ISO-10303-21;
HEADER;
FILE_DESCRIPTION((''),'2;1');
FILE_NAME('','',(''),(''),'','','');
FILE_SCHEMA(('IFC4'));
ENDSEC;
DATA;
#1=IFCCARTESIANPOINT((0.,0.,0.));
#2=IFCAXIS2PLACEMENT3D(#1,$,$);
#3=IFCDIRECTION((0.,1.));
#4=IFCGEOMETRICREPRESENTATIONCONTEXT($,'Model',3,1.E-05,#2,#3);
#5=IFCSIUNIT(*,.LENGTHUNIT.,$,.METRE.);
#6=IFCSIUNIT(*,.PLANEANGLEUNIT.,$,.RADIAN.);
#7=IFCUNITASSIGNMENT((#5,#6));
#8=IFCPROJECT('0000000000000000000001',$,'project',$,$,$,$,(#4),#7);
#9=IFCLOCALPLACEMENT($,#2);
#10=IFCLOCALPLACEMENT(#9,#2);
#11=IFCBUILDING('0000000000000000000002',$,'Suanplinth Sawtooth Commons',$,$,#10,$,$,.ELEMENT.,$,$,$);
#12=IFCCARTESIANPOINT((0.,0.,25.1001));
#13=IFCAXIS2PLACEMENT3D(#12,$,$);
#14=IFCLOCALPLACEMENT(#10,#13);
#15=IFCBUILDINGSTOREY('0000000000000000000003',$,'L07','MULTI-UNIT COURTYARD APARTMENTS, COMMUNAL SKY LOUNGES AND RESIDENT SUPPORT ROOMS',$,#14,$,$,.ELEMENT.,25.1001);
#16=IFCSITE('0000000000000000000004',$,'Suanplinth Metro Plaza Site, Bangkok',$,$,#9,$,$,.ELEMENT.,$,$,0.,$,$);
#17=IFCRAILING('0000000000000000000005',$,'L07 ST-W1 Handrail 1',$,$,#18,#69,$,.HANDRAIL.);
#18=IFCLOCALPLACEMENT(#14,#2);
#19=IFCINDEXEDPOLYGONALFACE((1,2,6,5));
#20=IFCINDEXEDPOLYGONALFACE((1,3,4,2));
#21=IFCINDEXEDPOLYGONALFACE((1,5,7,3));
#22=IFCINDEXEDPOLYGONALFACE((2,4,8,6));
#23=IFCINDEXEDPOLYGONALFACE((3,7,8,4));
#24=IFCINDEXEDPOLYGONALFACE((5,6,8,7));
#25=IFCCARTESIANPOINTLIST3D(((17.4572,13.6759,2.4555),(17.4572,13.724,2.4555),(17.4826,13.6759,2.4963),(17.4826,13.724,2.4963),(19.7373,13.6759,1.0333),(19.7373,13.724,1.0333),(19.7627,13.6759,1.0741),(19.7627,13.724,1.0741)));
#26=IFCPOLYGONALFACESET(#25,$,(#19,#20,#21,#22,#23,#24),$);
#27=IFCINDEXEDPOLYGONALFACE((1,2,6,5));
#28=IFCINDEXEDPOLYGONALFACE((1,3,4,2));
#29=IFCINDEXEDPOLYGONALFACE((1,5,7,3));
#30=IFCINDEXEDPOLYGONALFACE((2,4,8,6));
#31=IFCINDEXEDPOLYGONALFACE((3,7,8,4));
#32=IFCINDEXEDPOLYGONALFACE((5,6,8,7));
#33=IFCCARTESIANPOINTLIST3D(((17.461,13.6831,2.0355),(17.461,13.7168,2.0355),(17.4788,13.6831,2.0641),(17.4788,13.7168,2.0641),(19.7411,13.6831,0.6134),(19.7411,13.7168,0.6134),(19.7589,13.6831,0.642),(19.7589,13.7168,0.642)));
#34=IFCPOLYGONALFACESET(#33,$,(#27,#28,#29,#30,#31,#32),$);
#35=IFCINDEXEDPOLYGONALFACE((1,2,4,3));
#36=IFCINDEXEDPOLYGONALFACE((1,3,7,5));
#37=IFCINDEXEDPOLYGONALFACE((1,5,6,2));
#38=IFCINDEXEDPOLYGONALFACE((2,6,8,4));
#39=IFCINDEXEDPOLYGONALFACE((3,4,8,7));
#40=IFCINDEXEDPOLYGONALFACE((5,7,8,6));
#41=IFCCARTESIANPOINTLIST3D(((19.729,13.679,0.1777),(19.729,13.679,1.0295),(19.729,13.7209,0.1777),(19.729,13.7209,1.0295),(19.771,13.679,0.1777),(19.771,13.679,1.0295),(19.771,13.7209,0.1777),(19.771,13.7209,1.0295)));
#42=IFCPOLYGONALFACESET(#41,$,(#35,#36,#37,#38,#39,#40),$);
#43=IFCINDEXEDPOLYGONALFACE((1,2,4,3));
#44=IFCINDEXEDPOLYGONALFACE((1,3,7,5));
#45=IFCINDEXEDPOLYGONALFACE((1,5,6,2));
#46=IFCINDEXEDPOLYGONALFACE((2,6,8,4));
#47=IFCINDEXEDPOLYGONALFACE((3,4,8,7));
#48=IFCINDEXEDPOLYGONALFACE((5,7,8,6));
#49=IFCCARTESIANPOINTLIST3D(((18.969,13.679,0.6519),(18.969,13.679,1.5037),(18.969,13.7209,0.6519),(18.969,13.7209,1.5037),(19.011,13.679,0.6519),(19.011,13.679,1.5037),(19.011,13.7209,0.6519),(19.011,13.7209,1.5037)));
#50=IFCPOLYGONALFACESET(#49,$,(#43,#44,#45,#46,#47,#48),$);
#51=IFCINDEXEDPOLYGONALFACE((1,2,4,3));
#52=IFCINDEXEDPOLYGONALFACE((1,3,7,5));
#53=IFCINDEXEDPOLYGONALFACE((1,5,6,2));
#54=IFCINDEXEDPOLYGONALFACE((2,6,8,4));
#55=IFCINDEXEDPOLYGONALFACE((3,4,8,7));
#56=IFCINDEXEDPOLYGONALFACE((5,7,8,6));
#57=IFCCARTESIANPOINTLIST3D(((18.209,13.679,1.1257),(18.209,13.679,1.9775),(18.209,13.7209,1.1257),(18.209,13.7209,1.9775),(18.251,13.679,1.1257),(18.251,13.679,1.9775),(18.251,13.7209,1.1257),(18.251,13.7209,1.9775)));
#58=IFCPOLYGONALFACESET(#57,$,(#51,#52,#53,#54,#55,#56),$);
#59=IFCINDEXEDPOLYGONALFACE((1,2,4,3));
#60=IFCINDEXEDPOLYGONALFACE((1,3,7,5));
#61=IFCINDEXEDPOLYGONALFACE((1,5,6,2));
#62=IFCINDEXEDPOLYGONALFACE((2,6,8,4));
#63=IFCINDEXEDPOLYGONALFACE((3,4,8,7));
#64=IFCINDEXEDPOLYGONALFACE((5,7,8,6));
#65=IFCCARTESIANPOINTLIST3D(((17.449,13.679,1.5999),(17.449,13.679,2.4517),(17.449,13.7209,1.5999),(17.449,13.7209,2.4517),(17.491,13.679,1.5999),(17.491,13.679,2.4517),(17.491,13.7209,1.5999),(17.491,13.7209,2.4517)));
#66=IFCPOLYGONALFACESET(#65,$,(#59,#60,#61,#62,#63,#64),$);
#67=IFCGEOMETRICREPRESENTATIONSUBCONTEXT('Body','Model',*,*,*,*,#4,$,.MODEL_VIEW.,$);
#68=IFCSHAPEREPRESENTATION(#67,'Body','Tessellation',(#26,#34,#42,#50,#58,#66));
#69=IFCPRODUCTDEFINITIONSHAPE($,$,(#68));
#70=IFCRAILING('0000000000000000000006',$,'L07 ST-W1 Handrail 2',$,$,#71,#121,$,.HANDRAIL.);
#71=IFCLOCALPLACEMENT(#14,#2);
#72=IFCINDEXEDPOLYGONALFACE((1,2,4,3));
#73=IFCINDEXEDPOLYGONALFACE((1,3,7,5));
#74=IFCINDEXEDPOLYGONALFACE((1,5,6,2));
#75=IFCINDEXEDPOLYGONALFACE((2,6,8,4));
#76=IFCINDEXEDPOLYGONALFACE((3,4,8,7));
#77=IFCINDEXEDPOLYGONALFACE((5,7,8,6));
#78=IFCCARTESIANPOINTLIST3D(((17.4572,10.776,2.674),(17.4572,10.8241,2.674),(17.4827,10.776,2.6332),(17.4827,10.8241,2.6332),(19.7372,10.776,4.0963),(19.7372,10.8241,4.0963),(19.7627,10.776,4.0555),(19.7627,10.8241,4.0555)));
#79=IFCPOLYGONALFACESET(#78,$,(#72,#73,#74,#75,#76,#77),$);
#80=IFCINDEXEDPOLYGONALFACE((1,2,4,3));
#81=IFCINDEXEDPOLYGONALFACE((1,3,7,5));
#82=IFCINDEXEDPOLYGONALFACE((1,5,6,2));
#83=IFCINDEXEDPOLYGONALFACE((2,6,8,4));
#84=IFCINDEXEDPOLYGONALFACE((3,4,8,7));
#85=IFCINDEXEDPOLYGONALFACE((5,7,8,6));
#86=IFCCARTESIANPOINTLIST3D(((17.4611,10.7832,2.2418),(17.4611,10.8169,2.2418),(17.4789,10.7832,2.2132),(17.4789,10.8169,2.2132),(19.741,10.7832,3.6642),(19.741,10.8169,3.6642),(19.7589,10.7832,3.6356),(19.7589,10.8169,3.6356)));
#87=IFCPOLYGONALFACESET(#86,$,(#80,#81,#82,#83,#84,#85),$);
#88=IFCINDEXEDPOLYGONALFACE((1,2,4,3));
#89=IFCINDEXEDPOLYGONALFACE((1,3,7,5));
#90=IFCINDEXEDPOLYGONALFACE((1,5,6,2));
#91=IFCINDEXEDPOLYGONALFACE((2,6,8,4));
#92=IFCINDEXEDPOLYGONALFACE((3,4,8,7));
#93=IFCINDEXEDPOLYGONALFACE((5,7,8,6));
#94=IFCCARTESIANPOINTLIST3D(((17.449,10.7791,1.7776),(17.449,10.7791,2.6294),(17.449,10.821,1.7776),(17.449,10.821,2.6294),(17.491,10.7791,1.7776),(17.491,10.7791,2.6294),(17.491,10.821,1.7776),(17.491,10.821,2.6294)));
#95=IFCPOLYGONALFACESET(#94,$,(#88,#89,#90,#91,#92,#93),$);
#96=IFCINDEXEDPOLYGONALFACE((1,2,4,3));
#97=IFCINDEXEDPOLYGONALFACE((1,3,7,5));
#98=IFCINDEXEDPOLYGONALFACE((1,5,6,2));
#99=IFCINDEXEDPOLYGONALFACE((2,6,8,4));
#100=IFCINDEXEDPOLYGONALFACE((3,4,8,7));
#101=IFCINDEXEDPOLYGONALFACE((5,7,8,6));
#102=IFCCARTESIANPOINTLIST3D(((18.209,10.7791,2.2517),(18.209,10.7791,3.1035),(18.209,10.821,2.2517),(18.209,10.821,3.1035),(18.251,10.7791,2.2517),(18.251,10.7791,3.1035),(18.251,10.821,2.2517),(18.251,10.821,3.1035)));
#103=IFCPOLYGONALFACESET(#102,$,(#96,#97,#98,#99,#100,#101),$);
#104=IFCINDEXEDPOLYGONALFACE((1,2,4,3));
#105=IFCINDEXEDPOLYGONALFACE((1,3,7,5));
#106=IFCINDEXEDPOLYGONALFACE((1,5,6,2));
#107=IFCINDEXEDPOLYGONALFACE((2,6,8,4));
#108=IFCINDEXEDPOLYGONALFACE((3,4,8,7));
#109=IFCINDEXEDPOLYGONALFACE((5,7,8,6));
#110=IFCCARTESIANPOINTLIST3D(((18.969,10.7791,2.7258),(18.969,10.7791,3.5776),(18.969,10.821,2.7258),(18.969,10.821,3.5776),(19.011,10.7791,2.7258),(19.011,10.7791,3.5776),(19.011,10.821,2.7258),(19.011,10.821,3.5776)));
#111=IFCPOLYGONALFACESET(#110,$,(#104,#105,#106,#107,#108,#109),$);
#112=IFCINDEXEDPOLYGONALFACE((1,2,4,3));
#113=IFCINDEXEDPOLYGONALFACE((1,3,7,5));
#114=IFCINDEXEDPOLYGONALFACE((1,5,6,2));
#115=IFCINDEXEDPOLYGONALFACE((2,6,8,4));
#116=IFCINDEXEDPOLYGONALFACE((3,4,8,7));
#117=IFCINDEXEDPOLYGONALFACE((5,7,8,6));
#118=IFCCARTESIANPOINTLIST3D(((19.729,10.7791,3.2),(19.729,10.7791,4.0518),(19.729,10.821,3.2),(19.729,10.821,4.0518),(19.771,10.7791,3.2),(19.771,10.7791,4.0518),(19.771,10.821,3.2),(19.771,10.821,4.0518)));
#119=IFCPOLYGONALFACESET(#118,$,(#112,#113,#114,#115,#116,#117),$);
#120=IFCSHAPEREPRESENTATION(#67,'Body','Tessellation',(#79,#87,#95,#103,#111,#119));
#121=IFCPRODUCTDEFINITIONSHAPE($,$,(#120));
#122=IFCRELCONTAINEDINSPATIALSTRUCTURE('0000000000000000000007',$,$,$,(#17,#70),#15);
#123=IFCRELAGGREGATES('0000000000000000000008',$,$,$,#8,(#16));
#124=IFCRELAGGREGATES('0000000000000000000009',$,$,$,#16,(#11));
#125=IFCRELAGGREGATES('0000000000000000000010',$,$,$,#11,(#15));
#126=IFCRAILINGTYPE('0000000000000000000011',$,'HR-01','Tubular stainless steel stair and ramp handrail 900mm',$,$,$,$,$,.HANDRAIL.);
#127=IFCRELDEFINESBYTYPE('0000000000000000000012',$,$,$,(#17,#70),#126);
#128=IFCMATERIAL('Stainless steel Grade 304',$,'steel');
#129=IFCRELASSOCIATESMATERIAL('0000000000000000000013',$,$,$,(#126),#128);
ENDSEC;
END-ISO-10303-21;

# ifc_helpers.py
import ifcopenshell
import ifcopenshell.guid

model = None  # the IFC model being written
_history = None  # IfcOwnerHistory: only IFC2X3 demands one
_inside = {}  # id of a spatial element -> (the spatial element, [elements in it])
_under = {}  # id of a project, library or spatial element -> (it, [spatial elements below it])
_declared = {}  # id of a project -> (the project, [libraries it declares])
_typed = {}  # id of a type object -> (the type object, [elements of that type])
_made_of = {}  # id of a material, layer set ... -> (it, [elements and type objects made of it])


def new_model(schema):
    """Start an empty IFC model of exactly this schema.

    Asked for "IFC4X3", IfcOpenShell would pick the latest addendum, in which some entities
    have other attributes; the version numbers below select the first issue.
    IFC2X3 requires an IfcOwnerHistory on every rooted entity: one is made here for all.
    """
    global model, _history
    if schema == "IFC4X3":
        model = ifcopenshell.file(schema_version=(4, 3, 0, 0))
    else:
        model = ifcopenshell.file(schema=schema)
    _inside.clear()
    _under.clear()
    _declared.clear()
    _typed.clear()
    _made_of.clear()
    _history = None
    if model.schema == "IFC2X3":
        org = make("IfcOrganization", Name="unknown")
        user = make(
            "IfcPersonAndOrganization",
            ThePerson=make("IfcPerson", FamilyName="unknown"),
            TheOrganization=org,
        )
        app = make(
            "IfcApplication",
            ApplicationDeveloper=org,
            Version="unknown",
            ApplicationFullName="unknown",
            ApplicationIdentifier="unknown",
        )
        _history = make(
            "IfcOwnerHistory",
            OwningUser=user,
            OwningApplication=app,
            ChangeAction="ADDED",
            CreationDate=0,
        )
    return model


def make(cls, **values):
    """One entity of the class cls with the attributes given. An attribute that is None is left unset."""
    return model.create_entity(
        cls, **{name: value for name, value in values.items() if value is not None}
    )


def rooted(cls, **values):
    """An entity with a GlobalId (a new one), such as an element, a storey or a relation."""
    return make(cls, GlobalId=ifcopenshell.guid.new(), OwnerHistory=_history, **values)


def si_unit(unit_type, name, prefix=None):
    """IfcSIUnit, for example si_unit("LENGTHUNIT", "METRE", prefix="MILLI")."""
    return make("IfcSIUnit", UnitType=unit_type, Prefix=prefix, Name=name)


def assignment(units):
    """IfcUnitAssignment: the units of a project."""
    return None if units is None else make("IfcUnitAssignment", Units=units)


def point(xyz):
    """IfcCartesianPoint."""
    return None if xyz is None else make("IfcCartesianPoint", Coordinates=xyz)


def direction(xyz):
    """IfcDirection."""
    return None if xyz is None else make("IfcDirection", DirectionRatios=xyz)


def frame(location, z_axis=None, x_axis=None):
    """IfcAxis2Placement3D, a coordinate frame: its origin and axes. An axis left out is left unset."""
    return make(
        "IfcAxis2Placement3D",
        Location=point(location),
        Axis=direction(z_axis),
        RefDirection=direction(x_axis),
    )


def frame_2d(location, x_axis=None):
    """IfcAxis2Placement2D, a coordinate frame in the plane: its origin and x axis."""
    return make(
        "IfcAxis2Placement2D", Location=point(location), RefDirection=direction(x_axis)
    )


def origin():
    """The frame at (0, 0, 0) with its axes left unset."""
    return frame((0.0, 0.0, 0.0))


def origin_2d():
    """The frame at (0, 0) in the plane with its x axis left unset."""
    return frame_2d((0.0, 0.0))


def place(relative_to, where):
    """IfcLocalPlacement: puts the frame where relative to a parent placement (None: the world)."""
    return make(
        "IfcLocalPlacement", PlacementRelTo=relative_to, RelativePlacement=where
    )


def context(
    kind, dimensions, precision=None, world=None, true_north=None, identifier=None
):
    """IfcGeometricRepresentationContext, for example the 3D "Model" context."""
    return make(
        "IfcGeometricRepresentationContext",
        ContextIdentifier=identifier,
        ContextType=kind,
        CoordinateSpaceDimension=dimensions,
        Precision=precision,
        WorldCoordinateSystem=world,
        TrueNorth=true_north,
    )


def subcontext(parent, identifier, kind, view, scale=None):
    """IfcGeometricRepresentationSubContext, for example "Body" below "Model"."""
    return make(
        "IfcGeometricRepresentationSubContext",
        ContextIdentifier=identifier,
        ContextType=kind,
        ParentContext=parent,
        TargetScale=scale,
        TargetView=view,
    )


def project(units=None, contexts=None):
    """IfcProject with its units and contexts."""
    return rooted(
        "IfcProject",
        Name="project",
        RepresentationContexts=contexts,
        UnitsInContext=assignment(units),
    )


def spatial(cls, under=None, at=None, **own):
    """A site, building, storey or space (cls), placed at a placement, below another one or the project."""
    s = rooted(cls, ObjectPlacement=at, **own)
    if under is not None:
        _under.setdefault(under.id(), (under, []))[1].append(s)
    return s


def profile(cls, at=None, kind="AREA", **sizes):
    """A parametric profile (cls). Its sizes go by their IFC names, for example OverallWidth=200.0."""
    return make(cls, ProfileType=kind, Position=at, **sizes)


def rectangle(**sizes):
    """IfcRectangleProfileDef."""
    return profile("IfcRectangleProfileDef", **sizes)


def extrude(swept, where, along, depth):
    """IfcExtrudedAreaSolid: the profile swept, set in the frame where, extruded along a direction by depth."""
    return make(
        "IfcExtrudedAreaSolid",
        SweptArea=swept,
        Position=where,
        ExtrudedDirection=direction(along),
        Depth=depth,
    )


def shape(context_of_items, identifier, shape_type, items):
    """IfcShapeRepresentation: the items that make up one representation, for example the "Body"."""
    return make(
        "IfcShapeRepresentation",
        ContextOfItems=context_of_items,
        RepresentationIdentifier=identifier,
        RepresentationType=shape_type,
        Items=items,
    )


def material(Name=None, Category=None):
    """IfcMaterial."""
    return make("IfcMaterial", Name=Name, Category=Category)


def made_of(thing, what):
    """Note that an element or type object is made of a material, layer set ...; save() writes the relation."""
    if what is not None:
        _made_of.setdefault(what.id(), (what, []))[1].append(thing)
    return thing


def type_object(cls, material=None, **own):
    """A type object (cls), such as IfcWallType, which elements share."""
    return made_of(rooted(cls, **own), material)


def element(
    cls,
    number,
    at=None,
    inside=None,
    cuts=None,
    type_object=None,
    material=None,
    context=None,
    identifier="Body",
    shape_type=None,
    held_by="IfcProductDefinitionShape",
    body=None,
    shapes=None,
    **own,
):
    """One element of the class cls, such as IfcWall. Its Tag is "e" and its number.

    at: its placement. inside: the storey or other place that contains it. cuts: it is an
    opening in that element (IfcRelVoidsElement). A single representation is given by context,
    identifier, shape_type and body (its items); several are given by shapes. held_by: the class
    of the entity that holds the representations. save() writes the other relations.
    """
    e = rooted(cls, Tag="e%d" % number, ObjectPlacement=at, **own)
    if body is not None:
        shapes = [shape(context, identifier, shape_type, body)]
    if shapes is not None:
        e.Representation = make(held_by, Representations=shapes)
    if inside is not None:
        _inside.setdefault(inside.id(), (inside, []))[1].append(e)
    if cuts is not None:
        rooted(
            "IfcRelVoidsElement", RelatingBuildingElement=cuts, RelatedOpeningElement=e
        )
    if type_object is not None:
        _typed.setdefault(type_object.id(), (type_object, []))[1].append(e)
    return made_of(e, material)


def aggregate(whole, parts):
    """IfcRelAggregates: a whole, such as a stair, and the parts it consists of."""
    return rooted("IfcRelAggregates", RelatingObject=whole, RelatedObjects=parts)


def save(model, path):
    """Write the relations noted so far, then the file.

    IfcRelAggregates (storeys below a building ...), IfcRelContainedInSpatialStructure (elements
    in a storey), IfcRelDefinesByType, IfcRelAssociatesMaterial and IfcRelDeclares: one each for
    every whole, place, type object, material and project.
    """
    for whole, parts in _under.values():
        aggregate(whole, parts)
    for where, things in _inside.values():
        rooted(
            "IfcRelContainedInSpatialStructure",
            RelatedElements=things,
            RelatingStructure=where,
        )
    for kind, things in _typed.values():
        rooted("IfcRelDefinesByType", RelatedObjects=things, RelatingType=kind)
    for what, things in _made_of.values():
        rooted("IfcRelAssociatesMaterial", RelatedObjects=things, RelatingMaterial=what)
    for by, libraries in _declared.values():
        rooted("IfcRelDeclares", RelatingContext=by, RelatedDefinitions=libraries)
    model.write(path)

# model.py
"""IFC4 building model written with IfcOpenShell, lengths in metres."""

from ifc_helpers import new_model, si_unit, direction, frame, origin, origin_2d, place, context, subcontext, project, spatial, rectangle, extrude, material, type_object, element, save


model = new_model("IFC4")

# Units and contexts
model_context = context("Model", 3, precision=1e-05, world=origin(), true_north=direction((0.0, 1.0)))
body_context = subcontext(model_context, "Body", "Model", "MODEL_VIEW")
ifc_project = project(units=[si_unit("LENGTHUNIT", "METRE"), si_unit("PLANEANGLEUNIT", "RADIAN")], contexts=[model_context])

# Site, building, storey
site_placement = place(None, origin())
site = spatial("IfcSite", under=ifc_project, at=site_placement, Name="Suanplinth Metro Plaza Site, Bangkok", CompositionType="ELEMENT", RefElevation=0.0)
building_placement = place(site_placement, origin())
building = spatial("IfcBuilding", under=site, at=building_placement, Name="Suanplinth Sawtooth Commons", CompositionType="ELEMENT")
storey_placement = place(building_placement, frame((0.0, 0.0, 25.1001)))
storey = spatial("IfcBuildingStorey", under=building, at=storey_placement, Name="L07", Description="MULTI-UNIT COURTYARD APARTMENTS, COMMUNAL SKY LOUNGES AND RESIDENT SUPPORT ROOMS", CompositionType="ELEMENT", Elevation=25.1001)

# Shared definitions
ifc_material_1 = material(Name="Stainless steel Grade 304", Category="steel")

# Railings
railing_type_1 = type_object("IfcRailingType", Name="HR-01", Description="Tubular stainless steel stair and ramp handrail 900mm", PredefinedType="HANDRAIL", material=ifc_material_1)
railing_1_placement = place(storey_placement, frame((19.75, 13.7, 0.1777)))
element("IfcRailing", 1, at=railing_1_placement, inside=storey, type_object=railing_type_1, Name="L07 ST-W1 Handrail 1", PredefinedType="HANDRAIL", context=body_context, shape_type="SweptSolid", body=[
    extrude(rectangle(XDim=0.0481, YDim=0.0481, at=origin_2d()), frame((0.0, 0.0, 0.876), z_axis=(-0.848483, 0.0, 0.529223), x_axis=(0.0, -1.0, 0.0)), (0.0, 0.0, 1.0), 2.6873),
    extrude(rectangle(XDim=0.0337, YDim=0.0337, at=origin_2d()), frame((0.0, 0.0, 0.45), z_axis=(-0.848483, 0.0, 0.529223), x_axis=(0.0, -1.0, 0.0)), (0.0, 0.0, 1.0), 2.6873),
    extrude(rectangle(XDim=0.042, YDim=0.042, at=origin_2d()), origin(), (0.0, 0.0, 1.0), 0.8518),
    extrude(rectangle(XDim=0.042, YDim=0.042, at=origin_2d()), frame((-0.76, 0.0, 0.4741)), (0.0, 0.0, 1.0), 0.8518),
    extrude(rectangle(XDim=0.042, YDim=0.042, at=origin_2d()), frame((-1.52, 0.0, 0.948)), (0.0, 0.0, 1.0), 0.8518),
    extrude(rectangle(XDim=0.042, YDim=0.042, at=origin_2d()), frame((-2.28, 0.0, 1.4221)), (0.0, 0.0, 1.0), 0.8518),
])
railing_2_placement = place(storey_placement, frame((17.47, 10.8, 1.7776)))
element("IfcRailing", 2, at=railing_2_placement, inside=storey, type_object=railing_type_1, Name="L07 ST-W1 Handrail 2", PredefinedType="HANDRAIL", context=body_context, shape_type="SweptSolid", body=[
    extrude(rectangle(XDim=0.0481, YDim=0.0481, at=origin_2d()), frame((0.0, 0.0, 0.876), z_axis=(0.848442, 0.0, 0.529288), x_axis=(0.0, 1.0, 0.0)), (0.0, 0.0, 1.0), 2.6873),
    extrude(rectangle(XDim=0.0337, YDim=0.0337, at=origin_2d()), frame((0.0, 0.0, 0.45), z_axis=(0.848442, 0.0, 0.529288), x_axis=(0.0, 1.0, 0.0)), (0.0, 0.0, 1.0), 2.6873),
    extrude(rectangle(XDim=0.042, YDim=0.042, at=origin_2d()), origin(), (0.0, 0.0, 1.0), 0.8518),
    extrude(rectangle(XDim=0.042, YDim=0.042, at=origin_2d()), frame((0.76, 0.0, 0.4741)), (0.0, 0.0, 1.0), 0.8518),
    extrude(rectangle(XDim=0.042, YDim=0.042, at=origin_2d()), frame((1.52, 0.0, 0.9482)), (0.0, 0.0, 1.0), 0.8518),
    extrude(rectangle(XDim=0.042, YDim=0.042, at=origin_2d()), frame((2.28, 0.0, 1.4224)), (0.0, 0.0, 1.0), 0.8518),
])

save(model, "model.ifc")
